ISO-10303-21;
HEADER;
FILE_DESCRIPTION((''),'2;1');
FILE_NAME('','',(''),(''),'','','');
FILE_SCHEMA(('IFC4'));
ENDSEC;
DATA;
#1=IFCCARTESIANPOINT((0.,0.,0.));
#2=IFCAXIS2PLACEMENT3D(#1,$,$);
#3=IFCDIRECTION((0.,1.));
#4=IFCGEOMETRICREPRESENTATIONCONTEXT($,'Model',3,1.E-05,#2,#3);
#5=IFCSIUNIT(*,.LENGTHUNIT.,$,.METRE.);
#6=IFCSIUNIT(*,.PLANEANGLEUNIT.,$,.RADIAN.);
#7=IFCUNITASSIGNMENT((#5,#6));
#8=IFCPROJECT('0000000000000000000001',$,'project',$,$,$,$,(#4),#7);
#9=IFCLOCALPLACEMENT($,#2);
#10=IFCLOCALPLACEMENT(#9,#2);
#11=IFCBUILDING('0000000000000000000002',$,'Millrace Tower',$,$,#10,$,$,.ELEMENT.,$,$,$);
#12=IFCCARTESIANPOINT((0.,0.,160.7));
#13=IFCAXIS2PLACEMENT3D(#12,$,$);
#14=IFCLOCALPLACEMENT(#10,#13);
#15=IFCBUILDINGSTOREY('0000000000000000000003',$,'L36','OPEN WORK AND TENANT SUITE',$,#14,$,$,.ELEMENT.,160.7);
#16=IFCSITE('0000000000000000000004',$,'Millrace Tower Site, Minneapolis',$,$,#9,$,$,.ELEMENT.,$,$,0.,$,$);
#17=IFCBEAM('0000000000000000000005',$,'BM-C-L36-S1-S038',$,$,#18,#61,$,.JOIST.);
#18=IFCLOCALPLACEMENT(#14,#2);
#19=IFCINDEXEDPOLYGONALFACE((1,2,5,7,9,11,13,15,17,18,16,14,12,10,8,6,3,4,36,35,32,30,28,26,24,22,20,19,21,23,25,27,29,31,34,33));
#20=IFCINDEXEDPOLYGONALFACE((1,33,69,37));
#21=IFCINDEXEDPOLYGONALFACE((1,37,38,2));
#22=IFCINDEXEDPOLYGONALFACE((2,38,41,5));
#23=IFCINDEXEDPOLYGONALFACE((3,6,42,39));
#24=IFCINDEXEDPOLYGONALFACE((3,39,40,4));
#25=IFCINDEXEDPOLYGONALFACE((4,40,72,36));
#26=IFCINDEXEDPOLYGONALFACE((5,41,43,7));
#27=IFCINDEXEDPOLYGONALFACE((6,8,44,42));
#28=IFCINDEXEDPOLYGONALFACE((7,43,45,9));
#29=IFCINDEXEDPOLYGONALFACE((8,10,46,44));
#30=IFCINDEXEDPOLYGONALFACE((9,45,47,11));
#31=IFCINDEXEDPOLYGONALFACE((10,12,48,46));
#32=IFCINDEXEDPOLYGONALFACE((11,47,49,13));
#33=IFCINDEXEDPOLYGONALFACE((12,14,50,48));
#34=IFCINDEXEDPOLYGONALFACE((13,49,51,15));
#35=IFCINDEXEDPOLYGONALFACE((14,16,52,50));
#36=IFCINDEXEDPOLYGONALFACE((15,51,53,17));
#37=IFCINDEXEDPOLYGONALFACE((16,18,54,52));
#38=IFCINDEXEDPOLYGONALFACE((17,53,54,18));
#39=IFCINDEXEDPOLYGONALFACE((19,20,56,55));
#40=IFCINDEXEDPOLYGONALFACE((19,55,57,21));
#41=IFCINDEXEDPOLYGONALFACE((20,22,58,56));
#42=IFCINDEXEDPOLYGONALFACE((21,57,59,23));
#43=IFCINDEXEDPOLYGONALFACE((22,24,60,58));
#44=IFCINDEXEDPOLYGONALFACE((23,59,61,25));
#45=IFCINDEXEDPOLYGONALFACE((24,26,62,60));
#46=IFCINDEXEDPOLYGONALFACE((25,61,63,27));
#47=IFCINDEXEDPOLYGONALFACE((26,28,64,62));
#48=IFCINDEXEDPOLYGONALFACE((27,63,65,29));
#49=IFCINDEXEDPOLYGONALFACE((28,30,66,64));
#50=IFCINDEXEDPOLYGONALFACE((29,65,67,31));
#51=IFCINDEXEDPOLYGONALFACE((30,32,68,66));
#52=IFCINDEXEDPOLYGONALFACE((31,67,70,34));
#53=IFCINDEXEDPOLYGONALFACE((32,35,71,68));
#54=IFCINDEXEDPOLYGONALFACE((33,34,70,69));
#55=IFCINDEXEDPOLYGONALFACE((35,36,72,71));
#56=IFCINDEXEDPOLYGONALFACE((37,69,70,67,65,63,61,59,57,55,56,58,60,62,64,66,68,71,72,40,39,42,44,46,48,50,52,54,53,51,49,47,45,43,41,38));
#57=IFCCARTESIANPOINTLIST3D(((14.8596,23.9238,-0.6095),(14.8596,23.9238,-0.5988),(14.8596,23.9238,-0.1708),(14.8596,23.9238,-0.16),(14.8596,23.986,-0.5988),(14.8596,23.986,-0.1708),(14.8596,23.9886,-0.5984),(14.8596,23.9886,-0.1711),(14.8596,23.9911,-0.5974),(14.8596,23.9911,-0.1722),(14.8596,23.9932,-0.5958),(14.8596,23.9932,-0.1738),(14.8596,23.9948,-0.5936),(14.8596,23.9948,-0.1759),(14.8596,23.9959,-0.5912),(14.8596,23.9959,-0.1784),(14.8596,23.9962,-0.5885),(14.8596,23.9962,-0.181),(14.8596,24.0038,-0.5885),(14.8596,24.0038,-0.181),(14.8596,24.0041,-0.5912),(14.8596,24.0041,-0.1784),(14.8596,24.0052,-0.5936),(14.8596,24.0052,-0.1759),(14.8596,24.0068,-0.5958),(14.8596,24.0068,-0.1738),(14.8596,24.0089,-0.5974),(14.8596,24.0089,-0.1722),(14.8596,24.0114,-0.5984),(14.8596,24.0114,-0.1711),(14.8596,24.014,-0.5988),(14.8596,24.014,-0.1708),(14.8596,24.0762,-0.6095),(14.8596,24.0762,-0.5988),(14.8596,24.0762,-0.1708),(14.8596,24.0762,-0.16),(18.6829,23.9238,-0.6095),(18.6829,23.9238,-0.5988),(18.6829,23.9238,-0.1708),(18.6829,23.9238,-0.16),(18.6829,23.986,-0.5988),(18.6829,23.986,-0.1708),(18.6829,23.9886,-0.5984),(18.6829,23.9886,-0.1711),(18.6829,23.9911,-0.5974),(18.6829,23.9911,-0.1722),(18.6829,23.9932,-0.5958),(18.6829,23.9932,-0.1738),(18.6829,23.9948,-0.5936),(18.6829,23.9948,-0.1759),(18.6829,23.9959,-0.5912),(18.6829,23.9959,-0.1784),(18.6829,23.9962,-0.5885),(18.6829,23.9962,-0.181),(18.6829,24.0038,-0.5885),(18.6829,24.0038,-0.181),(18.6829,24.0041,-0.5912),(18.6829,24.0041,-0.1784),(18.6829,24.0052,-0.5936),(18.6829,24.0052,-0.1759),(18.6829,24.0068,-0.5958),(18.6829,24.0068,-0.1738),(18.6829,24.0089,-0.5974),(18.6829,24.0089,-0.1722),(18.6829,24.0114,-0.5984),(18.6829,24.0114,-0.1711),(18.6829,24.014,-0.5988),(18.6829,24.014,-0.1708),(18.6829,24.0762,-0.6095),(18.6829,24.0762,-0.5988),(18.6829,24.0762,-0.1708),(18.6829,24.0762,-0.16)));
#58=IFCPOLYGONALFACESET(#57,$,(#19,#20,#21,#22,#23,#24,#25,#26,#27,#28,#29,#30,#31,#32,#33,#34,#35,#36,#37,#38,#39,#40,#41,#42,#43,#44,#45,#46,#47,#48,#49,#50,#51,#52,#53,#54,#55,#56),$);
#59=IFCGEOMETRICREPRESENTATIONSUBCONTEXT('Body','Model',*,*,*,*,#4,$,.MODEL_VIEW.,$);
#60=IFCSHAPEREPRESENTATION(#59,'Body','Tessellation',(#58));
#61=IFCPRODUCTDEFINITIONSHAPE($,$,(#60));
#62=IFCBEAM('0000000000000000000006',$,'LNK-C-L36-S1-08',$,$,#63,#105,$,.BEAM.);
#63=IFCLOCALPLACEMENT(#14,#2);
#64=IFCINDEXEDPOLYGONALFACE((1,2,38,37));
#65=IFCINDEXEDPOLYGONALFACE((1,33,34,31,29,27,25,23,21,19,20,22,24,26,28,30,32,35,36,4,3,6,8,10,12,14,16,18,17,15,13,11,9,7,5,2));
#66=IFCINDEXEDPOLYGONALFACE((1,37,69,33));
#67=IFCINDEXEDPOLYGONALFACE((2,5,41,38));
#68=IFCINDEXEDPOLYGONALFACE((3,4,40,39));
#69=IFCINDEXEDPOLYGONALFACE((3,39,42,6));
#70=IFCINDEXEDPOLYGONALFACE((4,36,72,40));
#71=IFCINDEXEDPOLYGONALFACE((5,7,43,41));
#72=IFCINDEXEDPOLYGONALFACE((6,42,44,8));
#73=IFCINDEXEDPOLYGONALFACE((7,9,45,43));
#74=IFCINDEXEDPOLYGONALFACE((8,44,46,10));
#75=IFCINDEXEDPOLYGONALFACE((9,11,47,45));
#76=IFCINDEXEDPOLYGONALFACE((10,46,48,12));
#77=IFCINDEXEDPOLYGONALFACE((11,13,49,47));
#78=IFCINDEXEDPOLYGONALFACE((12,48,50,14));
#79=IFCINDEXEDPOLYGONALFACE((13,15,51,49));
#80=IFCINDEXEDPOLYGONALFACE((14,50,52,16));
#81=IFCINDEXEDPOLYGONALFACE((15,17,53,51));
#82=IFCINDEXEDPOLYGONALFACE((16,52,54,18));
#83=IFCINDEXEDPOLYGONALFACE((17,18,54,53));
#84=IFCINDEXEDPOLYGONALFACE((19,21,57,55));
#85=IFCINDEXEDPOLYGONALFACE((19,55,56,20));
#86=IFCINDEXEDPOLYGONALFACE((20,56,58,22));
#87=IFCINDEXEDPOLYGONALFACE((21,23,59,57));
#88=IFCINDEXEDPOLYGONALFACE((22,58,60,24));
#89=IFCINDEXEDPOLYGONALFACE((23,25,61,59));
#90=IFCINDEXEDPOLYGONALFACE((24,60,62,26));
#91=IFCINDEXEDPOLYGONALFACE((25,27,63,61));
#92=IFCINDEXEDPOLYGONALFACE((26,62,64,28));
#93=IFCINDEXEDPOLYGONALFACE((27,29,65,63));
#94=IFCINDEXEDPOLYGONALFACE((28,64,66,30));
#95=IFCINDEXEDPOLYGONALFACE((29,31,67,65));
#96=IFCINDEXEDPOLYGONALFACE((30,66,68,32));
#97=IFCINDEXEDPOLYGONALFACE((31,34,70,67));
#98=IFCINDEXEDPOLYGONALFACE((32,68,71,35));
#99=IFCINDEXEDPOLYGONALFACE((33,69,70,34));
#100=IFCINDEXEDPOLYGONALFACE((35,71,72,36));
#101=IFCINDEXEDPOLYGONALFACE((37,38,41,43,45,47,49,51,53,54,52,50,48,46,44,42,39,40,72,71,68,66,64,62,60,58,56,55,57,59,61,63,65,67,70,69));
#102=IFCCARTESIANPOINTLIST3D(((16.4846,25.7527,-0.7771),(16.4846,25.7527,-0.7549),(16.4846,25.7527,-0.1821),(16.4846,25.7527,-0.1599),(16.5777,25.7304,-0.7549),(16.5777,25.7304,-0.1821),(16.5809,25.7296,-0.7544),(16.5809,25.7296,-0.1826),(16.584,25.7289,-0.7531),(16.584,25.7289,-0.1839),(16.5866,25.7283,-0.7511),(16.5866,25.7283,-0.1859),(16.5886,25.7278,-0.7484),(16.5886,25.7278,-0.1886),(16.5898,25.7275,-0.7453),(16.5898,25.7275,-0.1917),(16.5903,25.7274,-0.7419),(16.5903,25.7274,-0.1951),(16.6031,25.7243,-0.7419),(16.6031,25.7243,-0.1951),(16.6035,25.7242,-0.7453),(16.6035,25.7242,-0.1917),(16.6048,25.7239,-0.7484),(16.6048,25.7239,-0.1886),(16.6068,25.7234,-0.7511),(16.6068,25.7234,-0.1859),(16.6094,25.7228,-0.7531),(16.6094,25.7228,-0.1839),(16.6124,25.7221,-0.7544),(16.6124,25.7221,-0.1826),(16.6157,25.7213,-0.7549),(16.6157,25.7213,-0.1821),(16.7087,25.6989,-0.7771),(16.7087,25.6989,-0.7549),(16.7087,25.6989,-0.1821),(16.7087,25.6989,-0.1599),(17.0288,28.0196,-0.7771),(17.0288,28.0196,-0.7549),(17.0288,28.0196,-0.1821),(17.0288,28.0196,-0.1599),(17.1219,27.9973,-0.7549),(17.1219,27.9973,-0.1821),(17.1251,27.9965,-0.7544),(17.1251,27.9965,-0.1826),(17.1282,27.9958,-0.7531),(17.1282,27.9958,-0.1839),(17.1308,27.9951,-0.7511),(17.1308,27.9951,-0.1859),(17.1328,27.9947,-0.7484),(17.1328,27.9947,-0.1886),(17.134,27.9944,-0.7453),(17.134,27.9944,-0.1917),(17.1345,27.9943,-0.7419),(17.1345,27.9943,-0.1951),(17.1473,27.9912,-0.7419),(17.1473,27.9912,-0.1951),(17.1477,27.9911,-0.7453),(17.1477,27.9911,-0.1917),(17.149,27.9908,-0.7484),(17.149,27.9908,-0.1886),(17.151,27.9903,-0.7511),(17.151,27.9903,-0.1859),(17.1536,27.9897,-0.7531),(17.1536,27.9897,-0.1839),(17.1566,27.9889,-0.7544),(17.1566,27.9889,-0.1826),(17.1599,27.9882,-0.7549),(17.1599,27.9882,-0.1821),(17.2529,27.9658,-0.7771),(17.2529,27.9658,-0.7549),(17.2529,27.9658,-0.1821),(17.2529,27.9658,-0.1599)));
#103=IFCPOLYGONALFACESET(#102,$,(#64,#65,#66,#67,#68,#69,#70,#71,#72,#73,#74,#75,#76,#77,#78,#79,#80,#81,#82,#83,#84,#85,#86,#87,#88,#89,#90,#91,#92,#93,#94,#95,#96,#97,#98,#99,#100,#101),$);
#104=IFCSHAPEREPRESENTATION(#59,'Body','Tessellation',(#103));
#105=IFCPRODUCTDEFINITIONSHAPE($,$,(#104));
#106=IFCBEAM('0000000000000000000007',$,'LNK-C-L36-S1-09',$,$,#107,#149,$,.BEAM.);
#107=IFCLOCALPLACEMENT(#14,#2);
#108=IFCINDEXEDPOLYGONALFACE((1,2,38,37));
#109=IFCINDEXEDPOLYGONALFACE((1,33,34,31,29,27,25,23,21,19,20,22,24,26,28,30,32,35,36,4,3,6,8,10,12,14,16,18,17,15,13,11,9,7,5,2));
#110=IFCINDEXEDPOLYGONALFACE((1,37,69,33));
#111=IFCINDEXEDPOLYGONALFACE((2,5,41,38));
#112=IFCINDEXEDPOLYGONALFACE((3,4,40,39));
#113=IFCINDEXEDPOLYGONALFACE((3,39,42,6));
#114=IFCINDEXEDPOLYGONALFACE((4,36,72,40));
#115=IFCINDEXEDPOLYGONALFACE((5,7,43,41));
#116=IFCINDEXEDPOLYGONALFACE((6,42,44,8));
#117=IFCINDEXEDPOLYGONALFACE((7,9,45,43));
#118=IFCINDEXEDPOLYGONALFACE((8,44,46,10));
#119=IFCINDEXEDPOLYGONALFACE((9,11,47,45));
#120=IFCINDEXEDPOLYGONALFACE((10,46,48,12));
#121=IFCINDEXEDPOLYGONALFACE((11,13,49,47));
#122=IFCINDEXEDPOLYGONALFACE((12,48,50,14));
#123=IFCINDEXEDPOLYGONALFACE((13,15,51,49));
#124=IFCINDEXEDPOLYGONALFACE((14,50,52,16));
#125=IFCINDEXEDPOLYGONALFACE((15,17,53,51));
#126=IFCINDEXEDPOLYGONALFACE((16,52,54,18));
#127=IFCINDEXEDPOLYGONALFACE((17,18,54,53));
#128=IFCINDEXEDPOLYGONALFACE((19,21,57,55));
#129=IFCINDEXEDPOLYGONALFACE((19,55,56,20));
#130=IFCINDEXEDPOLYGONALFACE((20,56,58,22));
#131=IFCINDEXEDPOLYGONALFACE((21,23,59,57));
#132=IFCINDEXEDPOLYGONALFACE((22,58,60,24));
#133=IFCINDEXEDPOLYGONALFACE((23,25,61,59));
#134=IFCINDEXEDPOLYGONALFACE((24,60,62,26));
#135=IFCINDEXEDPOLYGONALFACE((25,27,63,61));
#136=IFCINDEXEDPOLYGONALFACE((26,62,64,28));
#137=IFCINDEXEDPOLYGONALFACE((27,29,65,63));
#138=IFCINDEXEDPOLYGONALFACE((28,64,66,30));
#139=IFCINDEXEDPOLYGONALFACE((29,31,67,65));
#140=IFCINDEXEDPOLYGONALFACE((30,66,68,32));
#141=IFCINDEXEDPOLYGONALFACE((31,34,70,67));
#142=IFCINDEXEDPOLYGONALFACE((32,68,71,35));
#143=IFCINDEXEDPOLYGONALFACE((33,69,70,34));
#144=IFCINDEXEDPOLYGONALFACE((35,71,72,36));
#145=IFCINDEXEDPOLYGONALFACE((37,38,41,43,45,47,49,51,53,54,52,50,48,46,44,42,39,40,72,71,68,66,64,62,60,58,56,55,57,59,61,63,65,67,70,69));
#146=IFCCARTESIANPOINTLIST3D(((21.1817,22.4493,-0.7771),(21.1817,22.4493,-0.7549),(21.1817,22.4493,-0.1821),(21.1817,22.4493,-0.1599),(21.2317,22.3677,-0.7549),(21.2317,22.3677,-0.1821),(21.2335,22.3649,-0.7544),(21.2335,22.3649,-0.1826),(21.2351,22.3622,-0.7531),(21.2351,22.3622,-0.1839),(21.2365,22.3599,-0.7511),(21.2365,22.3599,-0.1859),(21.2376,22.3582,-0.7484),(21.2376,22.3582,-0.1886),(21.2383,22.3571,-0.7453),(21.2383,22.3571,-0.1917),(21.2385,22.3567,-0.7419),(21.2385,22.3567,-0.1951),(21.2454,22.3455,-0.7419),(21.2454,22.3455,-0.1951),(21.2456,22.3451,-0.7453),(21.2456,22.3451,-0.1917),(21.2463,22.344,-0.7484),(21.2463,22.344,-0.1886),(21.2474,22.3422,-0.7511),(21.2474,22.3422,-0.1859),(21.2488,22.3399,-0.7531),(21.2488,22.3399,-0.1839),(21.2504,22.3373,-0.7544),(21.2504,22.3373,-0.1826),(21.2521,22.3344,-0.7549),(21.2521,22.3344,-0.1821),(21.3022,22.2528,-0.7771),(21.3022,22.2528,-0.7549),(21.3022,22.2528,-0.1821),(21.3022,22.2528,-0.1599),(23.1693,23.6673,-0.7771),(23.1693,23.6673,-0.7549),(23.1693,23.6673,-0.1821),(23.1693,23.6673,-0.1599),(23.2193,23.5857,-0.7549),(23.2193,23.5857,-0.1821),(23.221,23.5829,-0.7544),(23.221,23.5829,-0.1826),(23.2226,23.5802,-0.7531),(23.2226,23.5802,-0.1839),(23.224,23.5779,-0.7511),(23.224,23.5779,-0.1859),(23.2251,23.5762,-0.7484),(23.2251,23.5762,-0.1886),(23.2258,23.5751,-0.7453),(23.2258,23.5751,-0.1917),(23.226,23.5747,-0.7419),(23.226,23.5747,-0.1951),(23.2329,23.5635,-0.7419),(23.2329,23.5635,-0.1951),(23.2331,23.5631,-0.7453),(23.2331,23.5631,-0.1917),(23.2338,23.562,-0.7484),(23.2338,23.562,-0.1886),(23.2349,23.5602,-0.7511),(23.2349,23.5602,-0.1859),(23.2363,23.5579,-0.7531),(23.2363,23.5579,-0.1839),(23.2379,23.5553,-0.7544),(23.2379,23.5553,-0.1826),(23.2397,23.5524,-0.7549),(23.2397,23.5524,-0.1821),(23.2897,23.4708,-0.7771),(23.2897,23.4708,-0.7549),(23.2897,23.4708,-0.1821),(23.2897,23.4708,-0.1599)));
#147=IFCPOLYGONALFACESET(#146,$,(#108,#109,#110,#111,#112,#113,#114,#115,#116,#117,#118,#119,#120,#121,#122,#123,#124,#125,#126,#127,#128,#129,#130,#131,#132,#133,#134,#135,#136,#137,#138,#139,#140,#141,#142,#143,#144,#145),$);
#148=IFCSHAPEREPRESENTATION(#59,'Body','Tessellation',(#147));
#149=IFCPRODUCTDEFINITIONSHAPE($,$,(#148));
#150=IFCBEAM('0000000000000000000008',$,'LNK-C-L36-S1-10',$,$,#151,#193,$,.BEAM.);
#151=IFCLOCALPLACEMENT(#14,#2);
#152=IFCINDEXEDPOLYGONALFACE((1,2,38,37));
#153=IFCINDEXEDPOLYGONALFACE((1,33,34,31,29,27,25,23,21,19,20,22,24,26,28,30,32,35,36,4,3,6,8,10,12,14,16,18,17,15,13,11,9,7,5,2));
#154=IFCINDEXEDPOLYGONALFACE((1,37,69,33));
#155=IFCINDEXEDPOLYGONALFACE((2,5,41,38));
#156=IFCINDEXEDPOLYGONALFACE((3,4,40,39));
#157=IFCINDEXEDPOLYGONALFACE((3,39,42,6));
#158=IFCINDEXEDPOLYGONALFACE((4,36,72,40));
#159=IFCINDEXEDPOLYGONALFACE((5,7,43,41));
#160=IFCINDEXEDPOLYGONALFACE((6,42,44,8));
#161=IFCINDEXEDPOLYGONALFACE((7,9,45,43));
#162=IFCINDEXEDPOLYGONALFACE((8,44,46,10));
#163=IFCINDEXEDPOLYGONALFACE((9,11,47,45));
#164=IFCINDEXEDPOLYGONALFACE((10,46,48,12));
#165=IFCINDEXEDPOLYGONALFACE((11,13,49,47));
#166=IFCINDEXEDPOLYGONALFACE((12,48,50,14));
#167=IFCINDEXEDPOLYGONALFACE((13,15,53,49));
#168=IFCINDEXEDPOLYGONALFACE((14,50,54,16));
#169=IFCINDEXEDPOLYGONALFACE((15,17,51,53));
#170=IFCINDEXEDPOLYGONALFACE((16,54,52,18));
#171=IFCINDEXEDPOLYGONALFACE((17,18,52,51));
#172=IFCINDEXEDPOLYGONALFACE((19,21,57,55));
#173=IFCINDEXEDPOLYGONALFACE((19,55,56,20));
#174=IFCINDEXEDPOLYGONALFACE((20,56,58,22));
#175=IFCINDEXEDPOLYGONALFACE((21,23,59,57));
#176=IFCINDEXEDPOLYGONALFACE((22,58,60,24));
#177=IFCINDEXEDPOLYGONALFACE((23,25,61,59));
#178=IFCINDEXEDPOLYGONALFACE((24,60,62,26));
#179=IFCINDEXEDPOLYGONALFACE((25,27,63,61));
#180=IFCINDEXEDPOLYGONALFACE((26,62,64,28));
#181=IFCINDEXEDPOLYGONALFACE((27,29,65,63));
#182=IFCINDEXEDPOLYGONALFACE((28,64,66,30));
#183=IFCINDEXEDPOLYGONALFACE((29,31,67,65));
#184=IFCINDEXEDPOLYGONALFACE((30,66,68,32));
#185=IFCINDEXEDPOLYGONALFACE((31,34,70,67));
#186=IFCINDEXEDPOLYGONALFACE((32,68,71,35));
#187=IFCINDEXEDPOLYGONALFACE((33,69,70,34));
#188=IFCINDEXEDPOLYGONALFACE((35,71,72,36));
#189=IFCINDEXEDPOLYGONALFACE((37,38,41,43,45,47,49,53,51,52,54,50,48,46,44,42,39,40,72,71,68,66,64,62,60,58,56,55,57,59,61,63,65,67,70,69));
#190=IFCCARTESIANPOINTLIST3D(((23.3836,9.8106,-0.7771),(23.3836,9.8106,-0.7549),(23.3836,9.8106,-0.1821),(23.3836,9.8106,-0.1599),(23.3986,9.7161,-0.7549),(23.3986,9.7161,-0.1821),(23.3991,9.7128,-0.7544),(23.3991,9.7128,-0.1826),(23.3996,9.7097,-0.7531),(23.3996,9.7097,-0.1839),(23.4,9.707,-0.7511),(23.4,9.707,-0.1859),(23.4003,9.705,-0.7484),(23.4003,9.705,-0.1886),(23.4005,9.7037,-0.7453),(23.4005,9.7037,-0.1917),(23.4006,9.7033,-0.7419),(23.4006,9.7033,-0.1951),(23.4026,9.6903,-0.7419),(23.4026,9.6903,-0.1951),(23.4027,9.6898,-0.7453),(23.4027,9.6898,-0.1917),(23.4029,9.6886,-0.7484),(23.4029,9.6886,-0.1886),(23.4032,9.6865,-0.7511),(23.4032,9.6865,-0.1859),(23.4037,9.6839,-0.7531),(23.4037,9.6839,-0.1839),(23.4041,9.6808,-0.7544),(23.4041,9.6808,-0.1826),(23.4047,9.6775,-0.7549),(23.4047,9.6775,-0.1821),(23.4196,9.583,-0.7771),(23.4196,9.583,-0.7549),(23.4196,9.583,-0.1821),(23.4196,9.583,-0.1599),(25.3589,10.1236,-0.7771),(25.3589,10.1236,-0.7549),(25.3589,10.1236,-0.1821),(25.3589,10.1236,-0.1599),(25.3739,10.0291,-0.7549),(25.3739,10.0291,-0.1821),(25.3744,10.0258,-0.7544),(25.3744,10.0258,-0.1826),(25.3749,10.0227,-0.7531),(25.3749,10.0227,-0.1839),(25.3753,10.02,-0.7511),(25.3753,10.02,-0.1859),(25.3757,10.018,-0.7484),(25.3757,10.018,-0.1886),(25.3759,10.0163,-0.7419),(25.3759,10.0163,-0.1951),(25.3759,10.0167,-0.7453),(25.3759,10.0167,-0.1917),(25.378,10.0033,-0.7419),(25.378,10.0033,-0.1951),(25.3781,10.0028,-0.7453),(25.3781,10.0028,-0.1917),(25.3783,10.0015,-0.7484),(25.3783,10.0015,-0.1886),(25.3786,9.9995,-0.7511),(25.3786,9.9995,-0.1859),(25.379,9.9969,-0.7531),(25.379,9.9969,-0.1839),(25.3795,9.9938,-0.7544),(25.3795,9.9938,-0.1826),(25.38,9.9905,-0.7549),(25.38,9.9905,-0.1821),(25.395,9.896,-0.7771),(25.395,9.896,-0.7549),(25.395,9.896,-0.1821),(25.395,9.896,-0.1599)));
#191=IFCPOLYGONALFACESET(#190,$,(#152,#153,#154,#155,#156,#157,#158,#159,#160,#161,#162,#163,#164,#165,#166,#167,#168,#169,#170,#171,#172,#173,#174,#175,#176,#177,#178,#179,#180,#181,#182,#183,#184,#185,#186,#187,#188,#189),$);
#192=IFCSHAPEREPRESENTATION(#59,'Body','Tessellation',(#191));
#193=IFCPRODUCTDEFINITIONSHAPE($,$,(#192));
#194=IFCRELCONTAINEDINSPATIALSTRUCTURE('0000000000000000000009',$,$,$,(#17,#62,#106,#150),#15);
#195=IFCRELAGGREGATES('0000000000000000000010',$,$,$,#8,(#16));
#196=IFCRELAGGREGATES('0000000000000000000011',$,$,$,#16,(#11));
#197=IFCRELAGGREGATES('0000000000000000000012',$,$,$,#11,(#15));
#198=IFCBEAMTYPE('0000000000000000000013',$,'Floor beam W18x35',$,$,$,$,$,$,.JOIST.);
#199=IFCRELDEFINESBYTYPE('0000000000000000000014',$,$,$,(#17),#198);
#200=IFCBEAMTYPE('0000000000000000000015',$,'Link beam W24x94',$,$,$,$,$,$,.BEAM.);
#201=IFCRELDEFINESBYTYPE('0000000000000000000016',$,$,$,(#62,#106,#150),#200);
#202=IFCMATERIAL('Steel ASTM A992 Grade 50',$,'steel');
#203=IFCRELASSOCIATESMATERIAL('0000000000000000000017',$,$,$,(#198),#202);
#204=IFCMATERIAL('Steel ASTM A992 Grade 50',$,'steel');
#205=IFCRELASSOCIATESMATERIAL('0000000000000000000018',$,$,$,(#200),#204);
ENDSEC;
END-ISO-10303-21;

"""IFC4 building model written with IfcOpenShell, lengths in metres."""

from ifc_helpers import new_model, si_unit, direction, frame, origin, origin_2d, place, context, subcontext, project, spatial, i_section, extrude, material, material_profile, profile_set, type_object, element, save


model = new_model("IFC4")

# Units and contexts
model_context = context("Model", 3, precision=1e-05, world=origin(), true_north=direction((0.0, 1.0)))
body_context = subcontext(model_context, "Body", "Model", "MODEL_VIEW")
ifc_project = project(units=[si_unit("LENGTHUNIT", "METRE"), si_unit("PLANEANGLEUNIT", "RADIAN")], contexts=[model_context])

# Site, building, storey
site_placement = place(None, origin())
site = spatial("IfcSite", under=ifc_project, at=site_placement, Name="Millrace Tower Site, Minneapolis", CompositionType="ELEMENT", RefElevation=0.0)
building_placement = place(site_placement, origin())
building = spatial("IfcBuilding", under=site, at=building_placement, Name="Millrace Tower", CompositionType="ELEMENT")
storey_placement = place(building_placement, frame((0.0, 0.0, 160.7)))
storey = spatial("IfcBuildingStorey", under=building, at=storey_placement, Name="L36", Description="OPEN WORK AND TENANT SUITE", CompositionType="ELEMENT", Elevation=160.7)

# Beams
ifc_material_1 = material(Name="Steel ASTM A992 Grade 50", Category="steel")
ifc_material_profile_1 = material_profile(ifc_material_1, i_section(OverallWidth=0.1523, OverallDepth=0.4495, WebThickness=0.0076, FlangeThickness=0.0107, FilletRadius=0.0103, at=origin_2d()))
ifc_profile_set_1 = profile_set([ifc_material_profile_1], Name="Steel ASTM A992 Grade 50")
beam_type_1 = type_object("IfcBeamType", Name="Floor beam W18x35", PredefinedType="JOIST", material=ifc_profile_set_1)
beam_1_placement = place(storey_placement, frame((14.8596, 24.0, -0.3848), z_axis=(1.0, 0.0, 0.0), x_axis=(0.0, 1.0, 0.0)))
element("IfcBeam", 1, at=beam_1_placement, inside=storey, type_object=beam_type_1, Name="BM-C-L36-S1-S038", PredefinedType="JOIST", context=body_context, shape_type="SweptSolid", body=[
    extrude(i_section(OverallWidth=0.1523, OverallDepth=0.4495, WebThickness=0.0076, FlangeThickness=0.0107, FilletRadius=0.0103, at=origin_2d()), origin(), (0.0, 0.0, 1.0), 3.8232),
])
ifc_material_2 = material(Name="Steel ASTM A992 Grade 50", Category="steel")
ifc_material_profile_2 = material_profile(ifc_material_2, i_section(OverallWidth=0.2305, OverallDepth=0.6172, WebThickness=0.0132, FlangeThickness=0.0222, FilletRadius=0.0129, at=origin_2d()))
ifc_profile_set_2 = profile_set([ifc_material_profile_2], Name="Steel ASTM A992 Grade 50")
beam_type_2 = type_object("IfcBeamType", Name="Link beam W24x94", PredefinedType="BEAM", material=ifc_profile_set_2)
beam_2_placement = place(storey_placement, frame((16.5967, 25.7258, -0.4685), z_axis=(0.233432, 0.972373, 0.0), x_axis=(-0.972373, 0.233432, 0.0)))
element("IfcBeam", 2, at=beam_2_placement, inside=storey, type_object=beam_type_2, Name="LNK-C-L36-S1-08", PredefinedType="BEAM", context=body_context, shape_type="SweptSolid", body=[
    extrude(i_section(OverallWidth=0.2305, OverallDepth=0.6172, WebThickness=0.0132, FlangeThickness=0.0222, FilletRadius=0.0129, at=origin_2d()), origin(), (0.0, 0.0, 1.0), 2.3313),
])
beam_3_placement = place(storey_placement, frame((21.2419, 22.3511, -0.4685), z_axis=(0.852631, 0.522513, 0.0), x_axis=(-0.522513, 0.852631, 0.0)))
element("IfcBeam", 3, at=beam_3_placement, inside=storey, type_object=beam_type_2, Name="LNK-C-L36-S1-09", PredefinedType="BEAM", context=body_context, shape_type="SweptSolid", body=[
    extrude(i_section(OverallWidth=0.2305, OverallDepth=0.6172, WebThickness=0.0132, FlangeThickness=0.0222, FilletRadius=0.0129, at=origin_2d()), origin(), (0.0, 0.0, 1.0), 2.3311),
])
beam_4_placement = place(storey_placement, frame((23.4016, 9.6968, -0.4685), z_axis=(0.987679, 0.156495, 0.0), x_axis=(-0.156495, 0.987679, 0.0)))
element("IfcBeam", 4, at=beam_4_placement, inside=storey, type_object=beam_type_2, Name="LNK-C-L36-S1-10", PredefinedType="BEAM", context=body_context, shape_type="SweptSolid", body=[
    extrude(i_section(OverallWidth=0.2305, OverallDepth=0.6172, WebThickness=0.0132, FlangeThickness=0.0222, FilletRadius=0.0129, at=origin_2d()), origin(), (0.0, 0.0, 1.0), 2.0),
])

save(model, "model.ifc")
